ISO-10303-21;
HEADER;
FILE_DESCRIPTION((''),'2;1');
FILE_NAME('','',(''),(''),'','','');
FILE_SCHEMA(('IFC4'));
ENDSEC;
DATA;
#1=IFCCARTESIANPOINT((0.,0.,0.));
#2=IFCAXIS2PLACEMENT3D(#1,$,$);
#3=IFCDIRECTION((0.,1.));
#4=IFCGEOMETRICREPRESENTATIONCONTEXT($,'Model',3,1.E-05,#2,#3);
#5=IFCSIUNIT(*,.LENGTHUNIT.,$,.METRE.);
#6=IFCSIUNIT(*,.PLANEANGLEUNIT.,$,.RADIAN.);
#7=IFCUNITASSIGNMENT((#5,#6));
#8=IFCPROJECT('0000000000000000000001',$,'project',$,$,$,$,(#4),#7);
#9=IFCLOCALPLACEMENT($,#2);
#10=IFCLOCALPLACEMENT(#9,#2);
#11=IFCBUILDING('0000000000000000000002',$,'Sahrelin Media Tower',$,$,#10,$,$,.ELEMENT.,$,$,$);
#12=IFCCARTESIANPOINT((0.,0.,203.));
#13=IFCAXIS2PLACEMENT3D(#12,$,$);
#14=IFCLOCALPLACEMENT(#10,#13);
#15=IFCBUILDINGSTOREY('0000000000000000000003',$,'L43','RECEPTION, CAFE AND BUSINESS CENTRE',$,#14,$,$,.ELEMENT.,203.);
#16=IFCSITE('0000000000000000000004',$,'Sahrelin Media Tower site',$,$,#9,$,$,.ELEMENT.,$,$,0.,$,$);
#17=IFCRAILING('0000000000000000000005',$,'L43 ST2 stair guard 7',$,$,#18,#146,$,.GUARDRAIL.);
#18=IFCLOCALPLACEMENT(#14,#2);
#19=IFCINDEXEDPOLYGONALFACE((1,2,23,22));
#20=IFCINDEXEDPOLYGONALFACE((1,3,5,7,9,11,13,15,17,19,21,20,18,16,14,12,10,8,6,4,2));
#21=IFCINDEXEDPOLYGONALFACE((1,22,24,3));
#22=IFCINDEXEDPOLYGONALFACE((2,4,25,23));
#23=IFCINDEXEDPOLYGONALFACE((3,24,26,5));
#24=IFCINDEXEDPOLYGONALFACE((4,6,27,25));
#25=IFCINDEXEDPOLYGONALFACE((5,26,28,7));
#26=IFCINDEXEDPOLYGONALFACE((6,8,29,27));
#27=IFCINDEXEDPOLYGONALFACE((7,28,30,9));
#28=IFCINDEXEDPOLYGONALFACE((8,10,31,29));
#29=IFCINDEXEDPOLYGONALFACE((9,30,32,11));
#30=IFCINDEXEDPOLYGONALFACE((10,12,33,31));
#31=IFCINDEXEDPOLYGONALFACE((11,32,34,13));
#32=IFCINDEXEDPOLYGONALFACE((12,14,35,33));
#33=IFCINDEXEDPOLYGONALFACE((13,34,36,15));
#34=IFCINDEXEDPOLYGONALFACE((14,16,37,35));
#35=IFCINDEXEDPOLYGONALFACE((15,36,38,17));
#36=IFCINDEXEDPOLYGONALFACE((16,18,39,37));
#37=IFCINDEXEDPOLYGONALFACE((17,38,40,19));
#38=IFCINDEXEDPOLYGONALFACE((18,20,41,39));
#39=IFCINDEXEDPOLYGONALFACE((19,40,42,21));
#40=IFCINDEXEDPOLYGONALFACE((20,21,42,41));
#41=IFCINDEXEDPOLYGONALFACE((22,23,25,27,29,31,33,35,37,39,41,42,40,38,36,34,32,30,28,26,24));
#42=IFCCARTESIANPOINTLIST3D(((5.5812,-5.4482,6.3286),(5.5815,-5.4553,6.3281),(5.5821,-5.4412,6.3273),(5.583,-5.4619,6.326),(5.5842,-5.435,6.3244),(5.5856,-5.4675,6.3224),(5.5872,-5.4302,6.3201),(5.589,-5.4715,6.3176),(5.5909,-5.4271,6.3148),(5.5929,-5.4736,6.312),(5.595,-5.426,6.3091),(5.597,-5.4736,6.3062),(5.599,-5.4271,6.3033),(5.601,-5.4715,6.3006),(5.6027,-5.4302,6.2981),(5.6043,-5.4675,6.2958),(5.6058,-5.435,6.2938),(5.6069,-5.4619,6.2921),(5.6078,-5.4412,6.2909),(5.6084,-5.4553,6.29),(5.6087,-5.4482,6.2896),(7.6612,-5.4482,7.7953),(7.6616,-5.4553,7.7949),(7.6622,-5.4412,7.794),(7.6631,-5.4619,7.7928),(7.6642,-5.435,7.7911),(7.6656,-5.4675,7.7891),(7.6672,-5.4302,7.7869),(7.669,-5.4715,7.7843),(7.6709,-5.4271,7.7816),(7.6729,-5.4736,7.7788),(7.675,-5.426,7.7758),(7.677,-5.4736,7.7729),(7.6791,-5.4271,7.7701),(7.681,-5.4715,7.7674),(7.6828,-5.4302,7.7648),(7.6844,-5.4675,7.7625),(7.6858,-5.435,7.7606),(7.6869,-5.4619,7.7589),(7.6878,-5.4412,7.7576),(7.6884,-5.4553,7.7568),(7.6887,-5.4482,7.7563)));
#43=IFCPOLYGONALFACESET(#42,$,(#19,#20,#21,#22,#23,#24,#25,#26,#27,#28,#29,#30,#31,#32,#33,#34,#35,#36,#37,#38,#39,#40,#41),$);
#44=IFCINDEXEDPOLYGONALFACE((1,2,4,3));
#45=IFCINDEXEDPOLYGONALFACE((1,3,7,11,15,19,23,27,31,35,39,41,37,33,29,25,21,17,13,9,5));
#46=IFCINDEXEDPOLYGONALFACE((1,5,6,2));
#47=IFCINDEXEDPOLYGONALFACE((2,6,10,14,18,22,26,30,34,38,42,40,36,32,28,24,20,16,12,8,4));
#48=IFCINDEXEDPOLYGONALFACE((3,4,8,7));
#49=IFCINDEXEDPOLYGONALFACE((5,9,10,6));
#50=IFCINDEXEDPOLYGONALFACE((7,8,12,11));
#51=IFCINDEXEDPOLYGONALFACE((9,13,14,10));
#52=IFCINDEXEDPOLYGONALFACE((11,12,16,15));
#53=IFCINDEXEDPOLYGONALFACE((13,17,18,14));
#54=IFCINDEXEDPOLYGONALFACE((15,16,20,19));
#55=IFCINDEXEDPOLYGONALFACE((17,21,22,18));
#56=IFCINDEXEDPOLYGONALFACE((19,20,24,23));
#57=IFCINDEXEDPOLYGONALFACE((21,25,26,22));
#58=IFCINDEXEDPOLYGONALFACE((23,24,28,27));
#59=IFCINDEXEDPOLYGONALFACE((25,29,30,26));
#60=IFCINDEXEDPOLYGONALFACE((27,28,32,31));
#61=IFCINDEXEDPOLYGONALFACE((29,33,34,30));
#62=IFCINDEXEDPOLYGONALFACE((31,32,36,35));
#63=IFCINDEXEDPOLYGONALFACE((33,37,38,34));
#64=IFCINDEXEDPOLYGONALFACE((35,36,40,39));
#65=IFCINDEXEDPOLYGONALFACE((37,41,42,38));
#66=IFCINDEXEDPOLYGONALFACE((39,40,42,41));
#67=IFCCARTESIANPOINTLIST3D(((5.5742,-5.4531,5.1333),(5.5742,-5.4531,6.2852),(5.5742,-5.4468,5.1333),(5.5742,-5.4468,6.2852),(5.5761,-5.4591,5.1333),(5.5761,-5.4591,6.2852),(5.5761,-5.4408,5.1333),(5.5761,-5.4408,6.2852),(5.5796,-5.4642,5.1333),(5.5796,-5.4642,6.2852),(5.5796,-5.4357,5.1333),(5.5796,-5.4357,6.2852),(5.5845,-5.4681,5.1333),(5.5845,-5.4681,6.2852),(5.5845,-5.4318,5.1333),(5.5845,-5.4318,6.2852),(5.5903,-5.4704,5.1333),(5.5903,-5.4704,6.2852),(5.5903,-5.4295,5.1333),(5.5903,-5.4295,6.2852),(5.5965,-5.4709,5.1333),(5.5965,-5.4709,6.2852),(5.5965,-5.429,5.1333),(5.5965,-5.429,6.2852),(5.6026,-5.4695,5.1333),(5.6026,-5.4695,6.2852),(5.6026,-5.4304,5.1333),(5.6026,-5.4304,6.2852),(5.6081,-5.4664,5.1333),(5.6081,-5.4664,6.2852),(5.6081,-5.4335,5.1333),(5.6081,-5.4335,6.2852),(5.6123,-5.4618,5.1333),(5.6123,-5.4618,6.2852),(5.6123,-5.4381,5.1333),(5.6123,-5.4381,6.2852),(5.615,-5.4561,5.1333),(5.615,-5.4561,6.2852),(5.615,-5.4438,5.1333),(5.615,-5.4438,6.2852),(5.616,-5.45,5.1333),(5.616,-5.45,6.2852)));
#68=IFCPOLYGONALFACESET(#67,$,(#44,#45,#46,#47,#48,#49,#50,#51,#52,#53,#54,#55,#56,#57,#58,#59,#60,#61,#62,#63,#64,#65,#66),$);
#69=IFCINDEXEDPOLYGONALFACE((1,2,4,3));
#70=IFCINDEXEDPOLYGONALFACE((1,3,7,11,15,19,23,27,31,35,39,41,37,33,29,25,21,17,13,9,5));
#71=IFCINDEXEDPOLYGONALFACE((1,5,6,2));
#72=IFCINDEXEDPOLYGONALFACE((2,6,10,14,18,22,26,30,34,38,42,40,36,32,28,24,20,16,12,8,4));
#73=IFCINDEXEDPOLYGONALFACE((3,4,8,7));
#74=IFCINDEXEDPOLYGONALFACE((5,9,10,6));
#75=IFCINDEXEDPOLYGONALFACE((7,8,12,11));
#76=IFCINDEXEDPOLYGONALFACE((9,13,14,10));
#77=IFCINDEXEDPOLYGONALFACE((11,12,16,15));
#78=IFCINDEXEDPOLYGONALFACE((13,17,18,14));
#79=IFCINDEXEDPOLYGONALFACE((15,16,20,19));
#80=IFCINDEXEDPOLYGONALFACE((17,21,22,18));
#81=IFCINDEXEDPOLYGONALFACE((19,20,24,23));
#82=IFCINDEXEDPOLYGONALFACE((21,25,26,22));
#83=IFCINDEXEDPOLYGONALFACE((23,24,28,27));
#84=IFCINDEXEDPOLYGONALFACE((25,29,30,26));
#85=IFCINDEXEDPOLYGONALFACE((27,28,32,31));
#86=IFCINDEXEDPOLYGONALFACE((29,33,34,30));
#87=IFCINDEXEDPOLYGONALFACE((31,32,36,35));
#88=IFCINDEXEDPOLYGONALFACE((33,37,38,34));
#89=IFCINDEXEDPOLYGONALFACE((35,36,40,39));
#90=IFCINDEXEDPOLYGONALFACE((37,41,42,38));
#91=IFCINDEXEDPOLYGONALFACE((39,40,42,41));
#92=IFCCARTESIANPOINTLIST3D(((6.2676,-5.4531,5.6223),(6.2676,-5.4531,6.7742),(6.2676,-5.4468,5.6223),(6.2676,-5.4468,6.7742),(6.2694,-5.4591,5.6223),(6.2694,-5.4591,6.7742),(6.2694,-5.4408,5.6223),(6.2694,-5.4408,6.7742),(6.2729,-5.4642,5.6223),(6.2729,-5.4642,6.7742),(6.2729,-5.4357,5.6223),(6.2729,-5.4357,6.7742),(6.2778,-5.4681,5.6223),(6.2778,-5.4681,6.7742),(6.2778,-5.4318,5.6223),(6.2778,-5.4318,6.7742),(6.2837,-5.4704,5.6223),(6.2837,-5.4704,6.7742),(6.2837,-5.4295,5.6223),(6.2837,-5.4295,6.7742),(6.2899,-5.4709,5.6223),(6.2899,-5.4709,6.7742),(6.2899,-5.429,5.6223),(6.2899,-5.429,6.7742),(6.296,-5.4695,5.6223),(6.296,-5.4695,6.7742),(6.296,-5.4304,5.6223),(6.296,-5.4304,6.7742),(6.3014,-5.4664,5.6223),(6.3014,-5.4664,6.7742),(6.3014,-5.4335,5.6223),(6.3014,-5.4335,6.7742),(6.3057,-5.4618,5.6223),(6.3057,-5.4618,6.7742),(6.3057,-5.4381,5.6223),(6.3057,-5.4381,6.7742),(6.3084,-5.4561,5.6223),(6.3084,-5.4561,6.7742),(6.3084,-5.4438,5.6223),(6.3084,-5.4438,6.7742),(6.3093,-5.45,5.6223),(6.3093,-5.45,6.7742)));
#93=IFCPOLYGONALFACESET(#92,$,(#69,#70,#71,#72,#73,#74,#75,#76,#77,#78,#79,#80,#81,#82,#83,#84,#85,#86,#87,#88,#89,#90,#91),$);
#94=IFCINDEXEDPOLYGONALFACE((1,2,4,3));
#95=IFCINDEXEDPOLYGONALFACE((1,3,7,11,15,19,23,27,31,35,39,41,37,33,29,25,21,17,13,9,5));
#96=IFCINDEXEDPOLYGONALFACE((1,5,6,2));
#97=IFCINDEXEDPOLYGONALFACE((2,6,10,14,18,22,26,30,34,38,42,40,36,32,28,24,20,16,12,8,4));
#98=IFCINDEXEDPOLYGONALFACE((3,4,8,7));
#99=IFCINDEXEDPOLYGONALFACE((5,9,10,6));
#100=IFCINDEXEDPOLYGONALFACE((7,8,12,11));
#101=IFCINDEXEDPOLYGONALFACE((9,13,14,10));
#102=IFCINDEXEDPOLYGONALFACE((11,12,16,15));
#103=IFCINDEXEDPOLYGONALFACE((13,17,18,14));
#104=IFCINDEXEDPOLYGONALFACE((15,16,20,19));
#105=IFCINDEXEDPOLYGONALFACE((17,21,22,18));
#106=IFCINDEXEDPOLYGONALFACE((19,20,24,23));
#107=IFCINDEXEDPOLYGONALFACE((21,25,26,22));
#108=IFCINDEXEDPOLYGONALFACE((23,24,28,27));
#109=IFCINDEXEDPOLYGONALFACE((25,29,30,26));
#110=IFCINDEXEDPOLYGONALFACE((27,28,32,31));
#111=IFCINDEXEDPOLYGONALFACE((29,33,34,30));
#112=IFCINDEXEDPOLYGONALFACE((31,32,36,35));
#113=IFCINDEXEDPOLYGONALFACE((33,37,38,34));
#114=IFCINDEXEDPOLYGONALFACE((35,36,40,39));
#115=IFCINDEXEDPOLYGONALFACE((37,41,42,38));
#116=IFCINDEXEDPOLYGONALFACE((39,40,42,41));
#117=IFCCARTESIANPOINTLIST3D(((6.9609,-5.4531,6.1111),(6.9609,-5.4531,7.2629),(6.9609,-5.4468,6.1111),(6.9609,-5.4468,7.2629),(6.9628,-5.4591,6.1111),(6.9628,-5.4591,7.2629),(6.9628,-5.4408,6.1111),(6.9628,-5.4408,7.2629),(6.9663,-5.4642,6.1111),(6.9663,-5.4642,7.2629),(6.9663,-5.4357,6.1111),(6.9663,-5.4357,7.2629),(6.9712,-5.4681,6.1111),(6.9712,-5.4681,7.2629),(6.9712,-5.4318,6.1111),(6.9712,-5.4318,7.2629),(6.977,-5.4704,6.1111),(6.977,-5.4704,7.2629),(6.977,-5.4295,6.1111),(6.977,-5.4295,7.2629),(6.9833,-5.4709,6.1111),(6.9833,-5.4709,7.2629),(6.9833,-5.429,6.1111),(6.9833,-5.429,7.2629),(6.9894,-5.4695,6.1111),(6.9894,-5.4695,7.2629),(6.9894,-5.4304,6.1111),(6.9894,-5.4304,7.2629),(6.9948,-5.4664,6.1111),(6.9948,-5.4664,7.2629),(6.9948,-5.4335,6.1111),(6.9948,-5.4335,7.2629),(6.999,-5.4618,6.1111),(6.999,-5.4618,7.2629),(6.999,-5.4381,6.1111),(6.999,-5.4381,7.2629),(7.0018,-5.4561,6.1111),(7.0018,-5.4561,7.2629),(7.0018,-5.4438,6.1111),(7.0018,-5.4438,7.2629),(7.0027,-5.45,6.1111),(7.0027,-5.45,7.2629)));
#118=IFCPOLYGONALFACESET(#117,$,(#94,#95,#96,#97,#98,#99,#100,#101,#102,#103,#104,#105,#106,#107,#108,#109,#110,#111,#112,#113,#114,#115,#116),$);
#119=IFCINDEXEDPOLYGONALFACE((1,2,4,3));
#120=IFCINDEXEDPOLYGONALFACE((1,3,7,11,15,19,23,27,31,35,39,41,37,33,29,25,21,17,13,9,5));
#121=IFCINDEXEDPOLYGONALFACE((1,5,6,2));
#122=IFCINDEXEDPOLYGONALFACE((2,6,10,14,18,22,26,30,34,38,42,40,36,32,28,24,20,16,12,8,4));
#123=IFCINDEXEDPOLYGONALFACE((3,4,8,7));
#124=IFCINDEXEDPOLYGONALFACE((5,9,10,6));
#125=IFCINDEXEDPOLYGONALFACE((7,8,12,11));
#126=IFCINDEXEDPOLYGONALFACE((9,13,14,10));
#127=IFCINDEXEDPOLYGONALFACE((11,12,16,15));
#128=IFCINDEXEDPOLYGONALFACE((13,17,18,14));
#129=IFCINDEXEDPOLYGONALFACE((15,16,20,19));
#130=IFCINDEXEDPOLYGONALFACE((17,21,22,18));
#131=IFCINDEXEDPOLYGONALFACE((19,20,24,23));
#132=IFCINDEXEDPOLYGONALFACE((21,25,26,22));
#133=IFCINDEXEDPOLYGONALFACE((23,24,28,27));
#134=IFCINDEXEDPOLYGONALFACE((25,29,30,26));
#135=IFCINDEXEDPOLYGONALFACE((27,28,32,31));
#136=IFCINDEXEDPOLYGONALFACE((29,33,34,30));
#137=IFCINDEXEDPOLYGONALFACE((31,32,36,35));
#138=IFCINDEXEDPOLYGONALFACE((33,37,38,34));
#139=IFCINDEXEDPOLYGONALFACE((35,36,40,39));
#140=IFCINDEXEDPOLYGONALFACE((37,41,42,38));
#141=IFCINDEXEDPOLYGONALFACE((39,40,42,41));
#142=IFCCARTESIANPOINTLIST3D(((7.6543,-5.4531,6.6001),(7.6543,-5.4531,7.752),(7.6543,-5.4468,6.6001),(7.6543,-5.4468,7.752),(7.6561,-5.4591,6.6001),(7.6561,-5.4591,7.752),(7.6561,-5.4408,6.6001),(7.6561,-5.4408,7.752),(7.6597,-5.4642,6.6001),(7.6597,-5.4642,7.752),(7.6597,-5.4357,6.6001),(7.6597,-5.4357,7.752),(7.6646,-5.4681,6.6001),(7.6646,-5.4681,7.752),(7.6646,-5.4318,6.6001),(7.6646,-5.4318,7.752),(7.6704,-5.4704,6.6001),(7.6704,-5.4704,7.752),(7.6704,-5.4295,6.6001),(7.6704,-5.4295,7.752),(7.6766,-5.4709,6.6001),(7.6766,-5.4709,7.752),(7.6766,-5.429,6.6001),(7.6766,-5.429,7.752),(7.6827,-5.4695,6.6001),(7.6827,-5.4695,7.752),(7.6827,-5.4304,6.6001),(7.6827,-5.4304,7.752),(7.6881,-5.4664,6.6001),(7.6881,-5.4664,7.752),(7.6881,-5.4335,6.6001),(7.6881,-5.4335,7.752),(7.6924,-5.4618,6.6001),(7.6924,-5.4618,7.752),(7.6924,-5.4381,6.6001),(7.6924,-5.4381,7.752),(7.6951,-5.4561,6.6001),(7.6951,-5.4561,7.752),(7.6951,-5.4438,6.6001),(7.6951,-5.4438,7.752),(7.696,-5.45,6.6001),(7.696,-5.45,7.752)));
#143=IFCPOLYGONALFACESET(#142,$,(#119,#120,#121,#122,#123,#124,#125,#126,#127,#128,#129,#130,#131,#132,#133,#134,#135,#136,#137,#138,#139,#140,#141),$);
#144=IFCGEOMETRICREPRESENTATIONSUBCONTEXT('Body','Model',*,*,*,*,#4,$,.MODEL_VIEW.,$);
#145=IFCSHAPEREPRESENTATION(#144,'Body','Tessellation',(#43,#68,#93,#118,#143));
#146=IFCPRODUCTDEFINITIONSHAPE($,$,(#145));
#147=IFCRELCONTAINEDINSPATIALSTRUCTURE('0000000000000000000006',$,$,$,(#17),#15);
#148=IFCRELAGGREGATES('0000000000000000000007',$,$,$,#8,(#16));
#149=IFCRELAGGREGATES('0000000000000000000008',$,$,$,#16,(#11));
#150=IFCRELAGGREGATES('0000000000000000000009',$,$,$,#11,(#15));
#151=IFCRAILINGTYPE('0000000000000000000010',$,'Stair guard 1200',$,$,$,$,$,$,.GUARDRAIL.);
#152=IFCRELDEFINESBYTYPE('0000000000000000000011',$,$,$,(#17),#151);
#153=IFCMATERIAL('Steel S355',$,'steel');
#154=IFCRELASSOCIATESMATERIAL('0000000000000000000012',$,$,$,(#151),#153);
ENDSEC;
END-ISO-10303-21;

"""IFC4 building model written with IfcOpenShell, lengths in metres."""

from ifc_helpers import new_model, si_unit, direction, frame, origin, origin_2d, place, context, subcontext, project, spatial, circle, extrude, material, type_object, element, save


model = new_model("IFC4")

# Units and contexts
model_context = context("Model", 3, precision=1e-05, world=origin(), true_north=direction((0.0, 1.0)))
body_context = subcontext(model_context, "Body", "Model", "MODEL_VIEW")
ifc_project = project(units=[si_unit("LENGTHUNIT", "METRE"), si_unit("PLANEANGLEUNIT", "RADIAN")], contexts=[model_context])

# Site, building, storey
site_placement = place(None, origin())
site = spatial("IfcSite", under=ifc_project, at=site_placement, Name="Sahrelin Media Tower site", CompositionType="ELEMENT", RefElevation=0.0)
building_placement = place(site_placement, origin())
building = spatial("IfcBuilding", under=site, at=building_placement, Name="Sahrelin Media Tower", CompositionType="ELEMENT")
storey_placement = place(building_placement, frame((0.0, 0.0, 203.0)))
storey = spatial("IfcBuildingStorey", under=building, at=storey_placement, Name="L43", Description="RECEPTION, CAFE AND BUSINESS CENTRE", CompositionType="ELEMENT", Elevation=203.0)

# Shared definitions
ifc_material_1 = material(Name="Steel S355", Category="steel")

# Railing
railing_type_1 = type_object("IfcRailingType", Name="Stair guard 1200", PredefinedType="GUARDRAIL", material=ifc_material_1)
for number, where, name in (
    (1, (5.595, -5.45, 5.1333), "L43 ST2 stair guard 7"),
):
    element("IfcRailing", number, at=place(storey_placement, frame(where)), inside=storey, type_object=railing_type_1, Name=name, PredefinedType="GUARDRAIL", context=body_context, shape_type="SweptSolid", body=[
        extrude(circle(Radius=0.0239, at=origin_2d()), frame((0.0, 0.0, 1.1758), z_axis=(0.817244, 0.0, 0.576291), x_axis=(0.0, 1.0, 0.0)), (0.0, 0.0, 1.0), 2.5452),
        extrude(circle(Radius=0.021, at=origin_2d()), origin(), (0.0, 0.0, 1.0), 1.1519),
        extrude(circle(Radius=0.021, at=origin_2d()), frame((0.6934, 0.0, 0.489)), (0.0, 0.0, 1.0), 1.1519),
        extrude(circle(Radius=0.021, at=origin_2d()), frame((1.3867, 0.0, 0.9778)), (0.0, 0.0, 1.0), 1.1519),
        extrude(circle(Radius=0.021, at=origin_2d()), frame((2.0801, 0.0, 1.4668)), (0.0, 0.0, 1.0), 1.1519),
    ])

save(model, "model.ifc")
